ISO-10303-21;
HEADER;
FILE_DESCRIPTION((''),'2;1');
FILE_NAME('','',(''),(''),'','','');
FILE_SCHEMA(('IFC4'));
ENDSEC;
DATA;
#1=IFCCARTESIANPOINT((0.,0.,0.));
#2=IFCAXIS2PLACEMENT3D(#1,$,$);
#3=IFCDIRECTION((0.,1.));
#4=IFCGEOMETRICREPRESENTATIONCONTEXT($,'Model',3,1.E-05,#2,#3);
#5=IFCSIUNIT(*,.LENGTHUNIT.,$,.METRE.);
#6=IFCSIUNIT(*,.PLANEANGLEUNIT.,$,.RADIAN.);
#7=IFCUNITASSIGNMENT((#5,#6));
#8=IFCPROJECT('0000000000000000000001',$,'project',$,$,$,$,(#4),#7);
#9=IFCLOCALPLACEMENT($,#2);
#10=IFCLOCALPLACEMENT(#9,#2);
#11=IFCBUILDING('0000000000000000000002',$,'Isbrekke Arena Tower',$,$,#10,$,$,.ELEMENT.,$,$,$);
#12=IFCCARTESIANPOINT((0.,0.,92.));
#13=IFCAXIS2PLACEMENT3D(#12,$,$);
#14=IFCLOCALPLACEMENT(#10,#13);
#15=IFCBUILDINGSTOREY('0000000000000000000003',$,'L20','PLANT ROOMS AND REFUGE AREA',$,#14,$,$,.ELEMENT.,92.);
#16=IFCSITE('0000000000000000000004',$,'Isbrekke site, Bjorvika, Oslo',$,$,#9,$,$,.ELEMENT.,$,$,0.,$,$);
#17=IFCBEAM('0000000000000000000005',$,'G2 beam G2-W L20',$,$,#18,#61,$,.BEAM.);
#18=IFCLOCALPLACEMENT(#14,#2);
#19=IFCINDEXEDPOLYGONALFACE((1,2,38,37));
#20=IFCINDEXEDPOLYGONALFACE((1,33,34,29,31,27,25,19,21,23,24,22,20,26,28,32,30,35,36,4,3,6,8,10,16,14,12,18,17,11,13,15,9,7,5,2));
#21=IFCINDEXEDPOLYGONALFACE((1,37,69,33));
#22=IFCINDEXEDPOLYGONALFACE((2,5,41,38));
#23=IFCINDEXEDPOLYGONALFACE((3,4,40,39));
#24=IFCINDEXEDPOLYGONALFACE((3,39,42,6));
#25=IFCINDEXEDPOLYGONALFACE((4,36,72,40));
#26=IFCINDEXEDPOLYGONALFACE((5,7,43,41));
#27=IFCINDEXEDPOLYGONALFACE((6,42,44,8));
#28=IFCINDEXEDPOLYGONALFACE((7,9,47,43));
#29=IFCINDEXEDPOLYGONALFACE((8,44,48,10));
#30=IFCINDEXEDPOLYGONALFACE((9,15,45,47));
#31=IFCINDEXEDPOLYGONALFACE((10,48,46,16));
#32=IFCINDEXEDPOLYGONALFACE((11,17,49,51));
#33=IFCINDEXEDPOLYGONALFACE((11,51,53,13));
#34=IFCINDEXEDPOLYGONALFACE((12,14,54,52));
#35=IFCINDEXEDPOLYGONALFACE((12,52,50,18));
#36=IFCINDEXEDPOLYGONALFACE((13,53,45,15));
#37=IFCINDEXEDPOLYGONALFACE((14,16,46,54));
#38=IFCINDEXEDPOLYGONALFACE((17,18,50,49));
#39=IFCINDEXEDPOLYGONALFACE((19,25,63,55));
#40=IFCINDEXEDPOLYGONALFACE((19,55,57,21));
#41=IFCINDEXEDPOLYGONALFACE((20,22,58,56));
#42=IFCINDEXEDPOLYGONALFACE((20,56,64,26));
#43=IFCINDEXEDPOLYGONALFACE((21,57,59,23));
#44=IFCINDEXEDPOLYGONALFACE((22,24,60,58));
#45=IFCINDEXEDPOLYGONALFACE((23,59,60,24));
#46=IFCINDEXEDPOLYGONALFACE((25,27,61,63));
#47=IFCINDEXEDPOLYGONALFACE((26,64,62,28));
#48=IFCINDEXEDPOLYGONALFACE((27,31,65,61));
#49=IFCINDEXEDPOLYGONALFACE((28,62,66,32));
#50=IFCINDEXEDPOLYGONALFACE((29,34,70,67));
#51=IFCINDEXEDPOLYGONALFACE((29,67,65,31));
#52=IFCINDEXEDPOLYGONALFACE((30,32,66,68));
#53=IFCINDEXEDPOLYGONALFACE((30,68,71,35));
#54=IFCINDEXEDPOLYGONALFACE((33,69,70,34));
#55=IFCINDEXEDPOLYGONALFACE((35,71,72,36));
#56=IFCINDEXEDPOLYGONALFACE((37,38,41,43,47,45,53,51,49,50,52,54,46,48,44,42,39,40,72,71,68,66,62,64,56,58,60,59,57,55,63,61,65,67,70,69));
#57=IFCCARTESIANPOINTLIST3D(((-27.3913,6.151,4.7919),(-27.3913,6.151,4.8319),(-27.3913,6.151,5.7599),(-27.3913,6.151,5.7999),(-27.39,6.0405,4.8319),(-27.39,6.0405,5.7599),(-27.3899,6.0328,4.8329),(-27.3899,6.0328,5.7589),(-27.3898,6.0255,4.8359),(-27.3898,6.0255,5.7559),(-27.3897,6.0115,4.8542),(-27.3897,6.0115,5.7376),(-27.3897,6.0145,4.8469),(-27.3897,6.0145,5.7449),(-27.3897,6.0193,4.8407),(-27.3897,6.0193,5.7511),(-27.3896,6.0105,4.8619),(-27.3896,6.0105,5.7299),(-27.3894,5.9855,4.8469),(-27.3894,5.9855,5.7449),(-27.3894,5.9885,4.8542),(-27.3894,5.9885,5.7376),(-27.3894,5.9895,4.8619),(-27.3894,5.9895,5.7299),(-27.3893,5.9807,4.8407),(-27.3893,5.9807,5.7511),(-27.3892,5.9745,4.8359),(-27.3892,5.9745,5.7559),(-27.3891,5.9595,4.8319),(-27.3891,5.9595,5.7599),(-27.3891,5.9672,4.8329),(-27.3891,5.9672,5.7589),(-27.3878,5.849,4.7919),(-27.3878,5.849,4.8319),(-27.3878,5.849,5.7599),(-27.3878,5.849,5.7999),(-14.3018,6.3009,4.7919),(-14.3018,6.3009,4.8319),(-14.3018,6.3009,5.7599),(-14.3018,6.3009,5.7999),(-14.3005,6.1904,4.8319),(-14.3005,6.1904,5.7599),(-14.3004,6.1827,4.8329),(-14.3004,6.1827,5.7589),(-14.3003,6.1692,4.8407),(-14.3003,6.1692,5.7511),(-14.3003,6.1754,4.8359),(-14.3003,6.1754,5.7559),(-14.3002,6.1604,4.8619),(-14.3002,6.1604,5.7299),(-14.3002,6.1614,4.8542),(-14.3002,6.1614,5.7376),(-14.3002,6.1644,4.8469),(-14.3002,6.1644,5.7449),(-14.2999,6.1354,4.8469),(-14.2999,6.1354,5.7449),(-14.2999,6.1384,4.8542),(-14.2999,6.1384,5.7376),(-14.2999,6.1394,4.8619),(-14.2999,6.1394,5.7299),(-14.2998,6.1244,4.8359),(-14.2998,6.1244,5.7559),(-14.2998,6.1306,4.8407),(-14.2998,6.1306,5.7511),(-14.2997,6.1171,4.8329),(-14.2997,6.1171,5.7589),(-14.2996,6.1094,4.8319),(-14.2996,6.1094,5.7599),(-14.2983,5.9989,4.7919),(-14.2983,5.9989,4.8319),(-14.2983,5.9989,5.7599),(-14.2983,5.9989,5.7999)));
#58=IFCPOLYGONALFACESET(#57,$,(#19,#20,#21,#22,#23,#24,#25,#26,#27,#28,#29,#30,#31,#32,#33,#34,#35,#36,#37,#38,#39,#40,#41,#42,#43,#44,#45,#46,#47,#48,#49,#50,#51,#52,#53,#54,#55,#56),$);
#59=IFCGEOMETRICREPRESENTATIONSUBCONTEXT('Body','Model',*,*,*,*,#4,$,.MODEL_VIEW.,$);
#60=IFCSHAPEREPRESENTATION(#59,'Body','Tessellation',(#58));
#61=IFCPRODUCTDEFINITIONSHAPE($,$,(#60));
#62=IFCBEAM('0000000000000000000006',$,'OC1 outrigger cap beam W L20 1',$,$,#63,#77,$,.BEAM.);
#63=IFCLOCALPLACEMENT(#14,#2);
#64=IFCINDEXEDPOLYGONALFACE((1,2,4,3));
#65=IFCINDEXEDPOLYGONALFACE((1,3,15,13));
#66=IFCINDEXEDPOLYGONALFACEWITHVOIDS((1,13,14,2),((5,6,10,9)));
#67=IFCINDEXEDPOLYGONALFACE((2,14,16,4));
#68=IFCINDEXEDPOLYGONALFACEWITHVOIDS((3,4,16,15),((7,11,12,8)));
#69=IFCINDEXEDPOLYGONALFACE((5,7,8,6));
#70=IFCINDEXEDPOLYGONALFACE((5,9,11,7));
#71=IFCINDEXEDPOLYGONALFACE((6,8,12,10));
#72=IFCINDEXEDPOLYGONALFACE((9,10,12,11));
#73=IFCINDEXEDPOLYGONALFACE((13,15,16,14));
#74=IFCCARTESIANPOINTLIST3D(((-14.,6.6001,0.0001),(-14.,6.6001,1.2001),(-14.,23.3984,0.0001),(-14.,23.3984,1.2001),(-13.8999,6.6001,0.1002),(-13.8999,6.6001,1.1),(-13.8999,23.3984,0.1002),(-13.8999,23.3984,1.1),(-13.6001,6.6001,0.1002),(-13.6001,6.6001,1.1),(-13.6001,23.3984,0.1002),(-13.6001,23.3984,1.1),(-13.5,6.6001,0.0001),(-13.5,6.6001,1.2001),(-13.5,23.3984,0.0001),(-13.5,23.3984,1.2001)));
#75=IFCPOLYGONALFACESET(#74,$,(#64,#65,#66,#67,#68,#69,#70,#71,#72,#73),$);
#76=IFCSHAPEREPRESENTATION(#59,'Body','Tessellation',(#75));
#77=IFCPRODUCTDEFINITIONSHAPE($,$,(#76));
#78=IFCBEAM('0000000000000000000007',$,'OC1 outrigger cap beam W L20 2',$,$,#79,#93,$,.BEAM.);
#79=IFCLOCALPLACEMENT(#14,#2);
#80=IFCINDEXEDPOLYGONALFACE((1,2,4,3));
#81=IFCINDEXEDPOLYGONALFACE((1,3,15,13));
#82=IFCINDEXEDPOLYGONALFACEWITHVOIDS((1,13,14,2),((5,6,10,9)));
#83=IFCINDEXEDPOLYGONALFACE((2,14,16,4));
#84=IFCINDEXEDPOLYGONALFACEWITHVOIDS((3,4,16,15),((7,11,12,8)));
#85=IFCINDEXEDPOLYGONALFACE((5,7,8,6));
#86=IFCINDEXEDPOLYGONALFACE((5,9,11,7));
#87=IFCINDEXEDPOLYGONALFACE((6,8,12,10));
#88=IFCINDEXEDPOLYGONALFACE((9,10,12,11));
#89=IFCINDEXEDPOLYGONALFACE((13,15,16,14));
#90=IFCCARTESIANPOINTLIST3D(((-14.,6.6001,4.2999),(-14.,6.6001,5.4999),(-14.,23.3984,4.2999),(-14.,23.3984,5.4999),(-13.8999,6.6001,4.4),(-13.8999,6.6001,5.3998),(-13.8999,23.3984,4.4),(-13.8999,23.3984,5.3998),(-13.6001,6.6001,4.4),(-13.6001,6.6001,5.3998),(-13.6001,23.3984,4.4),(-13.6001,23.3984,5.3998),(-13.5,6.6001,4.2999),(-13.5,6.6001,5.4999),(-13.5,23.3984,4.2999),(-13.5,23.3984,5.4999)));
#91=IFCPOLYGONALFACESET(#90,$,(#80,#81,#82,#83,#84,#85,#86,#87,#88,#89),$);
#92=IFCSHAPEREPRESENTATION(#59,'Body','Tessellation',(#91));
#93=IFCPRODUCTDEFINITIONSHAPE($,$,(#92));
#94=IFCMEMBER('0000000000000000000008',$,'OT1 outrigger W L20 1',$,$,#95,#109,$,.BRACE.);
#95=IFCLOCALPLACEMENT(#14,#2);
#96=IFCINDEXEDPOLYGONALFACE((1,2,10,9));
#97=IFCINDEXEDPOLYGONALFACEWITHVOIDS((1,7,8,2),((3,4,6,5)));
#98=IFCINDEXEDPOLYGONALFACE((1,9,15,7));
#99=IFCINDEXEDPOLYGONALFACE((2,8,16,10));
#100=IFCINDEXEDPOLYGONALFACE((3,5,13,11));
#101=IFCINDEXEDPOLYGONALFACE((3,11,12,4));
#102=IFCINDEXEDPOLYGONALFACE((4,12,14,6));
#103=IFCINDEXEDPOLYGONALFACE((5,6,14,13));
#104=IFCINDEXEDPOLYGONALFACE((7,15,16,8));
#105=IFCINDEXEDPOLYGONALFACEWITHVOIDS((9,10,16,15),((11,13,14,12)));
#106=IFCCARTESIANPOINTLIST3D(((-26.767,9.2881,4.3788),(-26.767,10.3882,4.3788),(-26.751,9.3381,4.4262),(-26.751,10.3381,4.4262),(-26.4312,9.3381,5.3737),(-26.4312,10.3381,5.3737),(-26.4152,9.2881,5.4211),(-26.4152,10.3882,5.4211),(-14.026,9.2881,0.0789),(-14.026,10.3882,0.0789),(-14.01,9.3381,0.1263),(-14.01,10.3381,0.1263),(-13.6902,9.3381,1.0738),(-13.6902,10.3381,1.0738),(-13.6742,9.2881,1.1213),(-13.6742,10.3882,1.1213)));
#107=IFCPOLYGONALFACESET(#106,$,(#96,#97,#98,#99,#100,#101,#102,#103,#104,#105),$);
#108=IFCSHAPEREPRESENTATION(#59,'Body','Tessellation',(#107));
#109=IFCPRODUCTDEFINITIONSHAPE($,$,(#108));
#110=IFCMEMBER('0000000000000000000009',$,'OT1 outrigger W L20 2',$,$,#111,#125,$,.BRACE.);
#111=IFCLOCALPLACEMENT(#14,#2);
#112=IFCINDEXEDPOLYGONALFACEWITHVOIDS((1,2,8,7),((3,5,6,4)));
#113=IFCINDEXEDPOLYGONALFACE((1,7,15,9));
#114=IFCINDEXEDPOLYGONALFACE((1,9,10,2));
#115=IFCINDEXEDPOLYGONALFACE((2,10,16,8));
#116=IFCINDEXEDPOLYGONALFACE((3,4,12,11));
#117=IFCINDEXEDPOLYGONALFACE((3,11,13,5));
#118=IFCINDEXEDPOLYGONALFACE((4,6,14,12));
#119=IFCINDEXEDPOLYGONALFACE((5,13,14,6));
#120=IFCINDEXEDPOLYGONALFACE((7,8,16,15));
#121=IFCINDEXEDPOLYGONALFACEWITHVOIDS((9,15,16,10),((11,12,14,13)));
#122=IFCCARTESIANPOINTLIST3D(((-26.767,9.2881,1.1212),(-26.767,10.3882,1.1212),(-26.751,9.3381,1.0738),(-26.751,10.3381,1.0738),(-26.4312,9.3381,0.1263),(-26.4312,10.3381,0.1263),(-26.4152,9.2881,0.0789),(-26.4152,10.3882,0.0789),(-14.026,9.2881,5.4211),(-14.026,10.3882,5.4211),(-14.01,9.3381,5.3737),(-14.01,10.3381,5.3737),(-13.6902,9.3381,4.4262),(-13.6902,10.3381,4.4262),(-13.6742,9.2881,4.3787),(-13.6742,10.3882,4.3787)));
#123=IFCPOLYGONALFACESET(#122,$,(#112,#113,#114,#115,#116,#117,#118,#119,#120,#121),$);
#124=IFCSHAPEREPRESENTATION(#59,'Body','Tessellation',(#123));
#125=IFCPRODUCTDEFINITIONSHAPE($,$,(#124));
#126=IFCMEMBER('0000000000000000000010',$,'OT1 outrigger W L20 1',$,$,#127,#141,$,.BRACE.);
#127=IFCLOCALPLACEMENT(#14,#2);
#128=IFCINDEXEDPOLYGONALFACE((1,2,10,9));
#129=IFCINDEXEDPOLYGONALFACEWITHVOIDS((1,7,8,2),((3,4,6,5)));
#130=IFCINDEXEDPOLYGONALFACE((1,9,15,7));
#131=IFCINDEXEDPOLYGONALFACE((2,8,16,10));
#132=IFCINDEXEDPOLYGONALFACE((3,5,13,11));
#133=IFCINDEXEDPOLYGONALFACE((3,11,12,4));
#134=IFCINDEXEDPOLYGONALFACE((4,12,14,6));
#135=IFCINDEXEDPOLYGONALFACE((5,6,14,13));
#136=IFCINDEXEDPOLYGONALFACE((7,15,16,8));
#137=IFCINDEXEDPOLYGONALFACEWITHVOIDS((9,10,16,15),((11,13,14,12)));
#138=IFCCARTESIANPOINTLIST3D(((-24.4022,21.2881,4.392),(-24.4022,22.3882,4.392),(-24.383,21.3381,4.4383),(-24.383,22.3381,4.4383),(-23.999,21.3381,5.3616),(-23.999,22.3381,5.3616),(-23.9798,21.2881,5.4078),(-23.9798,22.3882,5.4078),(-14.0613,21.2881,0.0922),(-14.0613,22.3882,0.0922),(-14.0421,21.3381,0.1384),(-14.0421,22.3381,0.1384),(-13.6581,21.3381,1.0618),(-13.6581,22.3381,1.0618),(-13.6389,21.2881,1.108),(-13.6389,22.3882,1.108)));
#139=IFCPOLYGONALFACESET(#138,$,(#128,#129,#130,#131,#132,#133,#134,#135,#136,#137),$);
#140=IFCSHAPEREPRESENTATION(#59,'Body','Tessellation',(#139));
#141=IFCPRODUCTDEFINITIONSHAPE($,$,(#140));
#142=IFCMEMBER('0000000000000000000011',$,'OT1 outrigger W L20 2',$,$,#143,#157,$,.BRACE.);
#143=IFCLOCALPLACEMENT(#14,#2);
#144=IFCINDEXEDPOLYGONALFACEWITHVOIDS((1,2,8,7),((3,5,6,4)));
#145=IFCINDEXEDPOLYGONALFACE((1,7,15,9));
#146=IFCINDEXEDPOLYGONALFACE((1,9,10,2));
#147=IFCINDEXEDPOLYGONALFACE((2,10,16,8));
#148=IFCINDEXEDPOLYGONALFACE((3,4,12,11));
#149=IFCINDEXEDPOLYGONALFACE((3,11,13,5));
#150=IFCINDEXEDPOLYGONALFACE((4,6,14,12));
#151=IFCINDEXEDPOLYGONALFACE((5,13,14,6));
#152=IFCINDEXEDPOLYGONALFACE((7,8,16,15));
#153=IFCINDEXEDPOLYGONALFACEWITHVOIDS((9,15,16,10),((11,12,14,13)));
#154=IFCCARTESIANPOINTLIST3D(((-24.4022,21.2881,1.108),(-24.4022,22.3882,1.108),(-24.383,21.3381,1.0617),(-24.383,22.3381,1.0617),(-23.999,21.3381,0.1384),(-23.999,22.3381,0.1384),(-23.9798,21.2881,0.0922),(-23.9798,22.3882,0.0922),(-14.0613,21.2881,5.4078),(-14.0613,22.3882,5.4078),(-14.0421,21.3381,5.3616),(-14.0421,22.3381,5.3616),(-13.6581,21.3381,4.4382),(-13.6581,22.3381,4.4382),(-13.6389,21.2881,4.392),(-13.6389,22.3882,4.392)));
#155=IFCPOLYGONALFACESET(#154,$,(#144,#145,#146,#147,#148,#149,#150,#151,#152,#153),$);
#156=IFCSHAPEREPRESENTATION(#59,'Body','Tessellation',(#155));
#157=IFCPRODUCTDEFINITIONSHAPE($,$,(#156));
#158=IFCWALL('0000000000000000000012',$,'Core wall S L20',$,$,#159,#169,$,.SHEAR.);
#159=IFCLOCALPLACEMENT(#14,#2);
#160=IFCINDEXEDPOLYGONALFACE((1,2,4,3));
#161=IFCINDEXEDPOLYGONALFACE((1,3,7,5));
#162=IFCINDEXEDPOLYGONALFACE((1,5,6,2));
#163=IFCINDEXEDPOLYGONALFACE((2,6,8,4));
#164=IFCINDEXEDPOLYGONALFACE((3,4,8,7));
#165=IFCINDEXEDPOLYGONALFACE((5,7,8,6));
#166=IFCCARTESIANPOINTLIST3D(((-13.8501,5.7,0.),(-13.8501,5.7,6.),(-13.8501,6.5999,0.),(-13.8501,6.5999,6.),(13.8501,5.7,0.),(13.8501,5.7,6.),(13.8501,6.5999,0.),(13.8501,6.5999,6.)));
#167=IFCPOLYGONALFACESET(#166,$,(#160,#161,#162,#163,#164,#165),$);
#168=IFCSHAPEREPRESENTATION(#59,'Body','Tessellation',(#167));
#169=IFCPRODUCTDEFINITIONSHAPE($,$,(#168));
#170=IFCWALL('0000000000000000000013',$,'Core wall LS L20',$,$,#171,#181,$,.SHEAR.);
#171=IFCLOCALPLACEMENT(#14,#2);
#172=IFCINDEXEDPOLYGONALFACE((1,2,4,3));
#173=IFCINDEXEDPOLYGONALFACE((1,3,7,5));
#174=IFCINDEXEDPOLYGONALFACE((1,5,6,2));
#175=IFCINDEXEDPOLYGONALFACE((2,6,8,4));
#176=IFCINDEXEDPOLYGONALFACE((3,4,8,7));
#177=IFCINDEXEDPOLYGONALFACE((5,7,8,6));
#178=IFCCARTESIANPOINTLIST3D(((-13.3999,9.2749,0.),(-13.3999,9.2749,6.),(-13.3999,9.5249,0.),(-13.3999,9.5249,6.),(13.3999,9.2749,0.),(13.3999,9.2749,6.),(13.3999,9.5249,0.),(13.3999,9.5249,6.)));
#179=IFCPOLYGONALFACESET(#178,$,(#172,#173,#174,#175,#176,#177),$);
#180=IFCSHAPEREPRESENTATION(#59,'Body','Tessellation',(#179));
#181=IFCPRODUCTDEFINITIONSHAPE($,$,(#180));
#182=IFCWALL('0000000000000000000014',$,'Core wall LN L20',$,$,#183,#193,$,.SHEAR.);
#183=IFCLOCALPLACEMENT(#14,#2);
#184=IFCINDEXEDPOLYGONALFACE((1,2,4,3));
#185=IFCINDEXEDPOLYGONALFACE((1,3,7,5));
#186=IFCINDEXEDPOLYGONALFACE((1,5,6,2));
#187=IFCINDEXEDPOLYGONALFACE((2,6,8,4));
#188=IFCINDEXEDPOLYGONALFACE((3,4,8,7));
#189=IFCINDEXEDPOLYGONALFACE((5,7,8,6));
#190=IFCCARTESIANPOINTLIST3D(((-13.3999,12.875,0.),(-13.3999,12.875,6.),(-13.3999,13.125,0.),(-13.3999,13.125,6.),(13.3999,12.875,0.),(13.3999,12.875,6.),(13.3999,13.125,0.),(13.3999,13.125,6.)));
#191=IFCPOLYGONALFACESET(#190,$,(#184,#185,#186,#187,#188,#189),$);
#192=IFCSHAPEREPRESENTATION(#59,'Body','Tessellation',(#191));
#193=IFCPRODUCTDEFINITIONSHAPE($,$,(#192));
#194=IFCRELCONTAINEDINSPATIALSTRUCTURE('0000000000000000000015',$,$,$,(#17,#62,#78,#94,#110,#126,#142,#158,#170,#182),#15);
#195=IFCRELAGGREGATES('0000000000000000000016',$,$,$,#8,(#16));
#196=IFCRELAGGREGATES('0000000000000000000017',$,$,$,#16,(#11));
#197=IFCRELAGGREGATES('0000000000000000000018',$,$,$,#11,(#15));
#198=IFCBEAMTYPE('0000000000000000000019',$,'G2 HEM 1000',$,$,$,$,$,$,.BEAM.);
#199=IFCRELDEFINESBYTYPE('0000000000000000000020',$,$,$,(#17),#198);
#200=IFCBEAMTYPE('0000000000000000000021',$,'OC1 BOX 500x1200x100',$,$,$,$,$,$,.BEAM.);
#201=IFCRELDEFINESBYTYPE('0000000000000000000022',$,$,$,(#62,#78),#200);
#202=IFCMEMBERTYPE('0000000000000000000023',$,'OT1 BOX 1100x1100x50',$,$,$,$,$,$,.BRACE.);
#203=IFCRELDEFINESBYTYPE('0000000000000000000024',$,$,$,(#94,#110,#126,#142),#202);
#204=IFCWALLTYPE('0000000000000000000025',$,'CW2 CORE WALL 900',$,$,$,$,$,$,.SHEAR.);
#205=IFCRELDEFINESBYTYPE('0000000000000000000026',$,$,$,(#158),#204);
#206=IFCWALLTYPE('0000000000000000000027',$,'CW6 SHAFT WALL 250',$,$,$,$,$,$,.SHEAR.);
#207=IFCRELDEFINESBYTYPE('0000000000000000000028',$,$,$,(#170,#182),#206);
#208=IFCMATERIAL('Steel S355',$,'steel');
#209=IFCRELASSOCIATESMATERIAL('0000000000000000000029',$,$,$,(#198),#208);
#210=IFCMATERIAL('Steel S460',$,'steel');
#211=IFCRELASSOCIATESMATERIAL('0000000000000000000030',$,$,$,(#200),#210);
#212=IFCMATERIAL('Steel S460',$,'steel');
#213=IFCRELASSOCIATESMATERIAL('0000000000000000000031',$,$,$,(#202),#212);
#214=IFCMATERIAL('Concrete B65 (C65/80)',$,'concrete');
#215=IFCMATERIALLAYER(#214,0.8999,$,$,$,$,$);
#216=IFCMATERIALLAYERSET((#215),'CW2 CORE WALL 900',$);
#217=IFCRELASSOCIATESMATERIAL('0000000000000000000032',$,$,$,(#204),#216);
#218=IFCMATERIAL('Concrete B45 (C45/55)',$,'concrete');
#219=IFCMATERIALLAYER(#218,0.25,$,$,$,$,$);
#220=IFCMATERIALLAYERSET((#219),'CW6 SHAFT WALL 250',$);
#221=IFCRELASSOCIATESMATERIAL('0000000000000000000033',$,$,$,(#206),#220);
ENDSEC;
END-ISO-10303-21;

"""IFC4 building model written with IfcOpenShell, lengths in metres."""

from ifc_helpers import new_model, si_unit, direction, frame, frame_2d, origin, origin_2d, place, context, subcontext, project, spatial, rectangle, hollow_rectangle, i_section, extrude, material, layer, layer_set, material_profile, profile_set, type_object, element, save


model = new_model("IFC4")

# Units and contexts
model_context = context("Model", 3, precision=1e-05, world=origin(), true_north=direction((0.0, 1.0)))
body_context = subcontext(model_context, "Body", "Model", "MODEL_VIEW")
ifc_project = project(units=[si_unit("LENGTHUNIT", "METRE"), si_unit("PLANEANGLEUNIT", "RADIAN")], contexts=[model_context])

# Site, building, storey
site_placement = place(None, origin())
site = spatial("IfcSite", under=ifc_project, at=site_placement, Name="Isbrekke site, Bjorvika, Oslo", CompositionType="ELEMENT", RefElevation=0.0)
building_placement = place(site_placement, origin())
building = spatial("IfcBuilding", under=site, at=building_placement, Name="Isbrekke Arena Tower", CompositionType="ELEMENT")
storey_placement = place(building_placement, frame((0.0, 0.0, 92.0)))
storey = spatial("IfcBuildingStorey", under=building, at=storey_placement, Name="L20", Description="PLANT ROOMS AND REFUGE AREA", CompositionType="ELEMENT", Elevation=92.0)

# Beams
ifc_material_1 = material(Name="Steel S355", Category="steel")
ifc_material_profile_1 = material_profile(ifc_material_1, i_section(OverallWidth=0.302, OverallDepth=1.0081, WebThickness=0.021, FlangeThickness=0.04, FilletRadius=0.03, at=origin_2d()), Name="HEM 1000")
ifc_profile_set_1 = profile_set([ifc_material_profile_1], Name="Steel S355")
beam_type_1 = type_object("IfcBeamType", Name="G2 HEM 1000", PredefinedType="BEAM", material=ifc_profile_set_1)
beam_placement = place(storey_placement, frame((-14.3, 6.1499, 5.2959), z_axis=(-0.999934, -0.011451, 0.0), x_axis=(0.011451, -0.999934, 0.0)))
element("IfcBeam", 1, at=beam_placement, inside=storey, type_object=beam_type_1, Name="G2 beam G2-W L20", PredefinedType="BEAM", context=body_context, shape_type="SweptSolid", body=[
    extrude(i_section(OverallWidth=0.302, OverallDepth=1.0081, WebThickness=0.021, FlangeThickness=0.04, FilletRadius=0.03, at=origin_2d()), origin(), (0.0, 0.0, 1.0), 13.0903),
])
ifc_material_2 = material(Name="Steel S460", Category="steel")
ifc_material_profile_2 = material_profile(ifc_material_2, hollow_rectangle(XDim=0.5, YDim=1.2, WallThickness=0.1001, at=origin_2d()), Name="BOX 500x1200x100")
ifc_profile_set_2 = profile_set([ifc_material_profile_2], Name="Steel S460")
beam_type_2 = type_object("IfcBeamType", Name="OC1 BOX 500x1200x100", PredefinedType="BEAM", material=ifc_profile_set_2)
for number, where, z_axis, x_axis, name in (
    (2, (-13.75, 6.6001, 0.6001), (0.0, 1.0, 0.0), (-1.0, 0.0, 0.0), "OC1 outrigger cap beam W L20 1"),
    (3, (-13.75, 6.6001, 4.8999), (0.0, 1.0, 0.0), (-1.0, 0.0, 0.0), "OC1 outrigger cap beam W L20 2"),
):
    element("IfcBeam", number, at=place(storey_placement, frame(where, z_axis=z_axis, x_axis=x_axis)), inside=storey, type_object=beam_type_2, Name=name, PredefinedType="BEAM", context=body_context, shape_type="SweptSolid", body=[
        extrude(hollow_rectangle(XDim=0.5, YDim=1.2, WallThickness=0.1001, at=origin_2d()), origin(), (0.0, 0.0, 1.0), 16.7983),
    ])

# Members
ifc_material_3 = material(Name="Steel S460", Category="steel")
ifc_material_profile_3 = material_profile(ifc_material_3, hollow_rectangle(XDim=1.1001, YDim=1.1001, WallThickness=0.05, at=origin_2d()), Name="BOX 1100x1100x50")
ifc_profile_set_3 = profile_set([ifc_material_profile_3], Name="Steel S460")
member_type = type_object("IfcMemberType", Name="OT1 BOX 1100x1100x50", PredefinedType="BRACE", material=ifc_profile_set_3)
for number, where, z_axis, x_axis, name in (
    (4, (-13.8501, 9.8381, 0.6001), (-0.947498, 0.0, 0.319761), (0.0, -1.0, 0.0), "OT1 outrigger W L20 1"),
    (5, (-13.8501, 9.8381, 4.8999), (-0.947498, 0.0, -0.319761), (0.0, -1.0, 0.0), "OT1 outrigger W L20 2"),
):
    element("IfcMember", number, at=place(storey_placement, frame(where, z_axis=z_axis, x_axis=x_axis)), inside=storey, type_object=member_type, Name=name, PredefinedType="BRACE", context=body_context, shape_type="SweptSolid", body=[
        extrude(hollow_rectangle(XDim=1.1001, YDim=1.1001, WallThickness=0.05, at=origin_2d()), origin(), (0.0, 0.0, 1.0), 13.447),
    ])
for number, where, z_axis, x_axis, name in (
    (6, (-13.8501, 21.8381, 0.6001), (-0.923358, 0.0, 0.38394), (0.0, -1.0, 0.0), "OT1 outrigger W L20 1"),
    (7, (-13.8501, 21.8381, 4.8999), (-0.923358, 0.0, -0.38394), (0.0, -1.0, 0.0), "OT1 outrigger W L20 2"),
):
    element("IfcMember", number, at=place(storey_placement, frame(where, z_axis=z_axis, x_axis=x_axis)), inside=storey, type_object=member_type, Name=name, PredefinedType="BRACE", context=body_context, shape_type="SweptSolid", body=[
        extrude(hollow_rectangle(XDim=1.1001, YDim=1.1001, WallThickness=0.05, at=origin_2d()), origin(), (0.0, 0.0, 1.0), 11.1992),
    ])

# Walls
ifc_material_4 = material(Name="Concrete B65 (C65/80)", Category="concrete")
ifc_layer_1 = layer(ifc_material_4, 0.8999)
ifc_layer_set_1 = layer_set([ifc_layer_1], Name="CW2 CORE WALL 900")
wall_type_1 = type_object("IfcWallType", Name="CW2 CORE WALL 900", PredefinedType="SHEAR", material=ifc_layer_set_1)
wall_1_placement = place(storey_placement, frame((-13.8501, 6.1499, 0.0), z_axis=(0.0, 0.0, 1.0), x_axis=(1.0, 0.0, 0.0)))
element("IfcWall", 8, at=wall_1_placement, inside=storey, type_object=wall_type_1, Name="Core wall S L20", PredefinedType="SHEAR", context=body_context, shape_type="SweptSolid", body=[
    extrude(rectangle(XDim=27.7002, YDim=0.8999, at=frame_2d((13.8501, 0.0))), origin(), (0.0, 0.0, 1.0), 6.0),
])
ifc_material_5 = material(Name="Concrete B45 (C45/55)", Category="concrete")
ifc_layer_2 = layer(ifc_material_5, 0.25)
ifc_layer_set_2 = layer_set([ifc_layer_2], Name="CW6 SHAFT WALL 250")
wall_type_2 = type_object("IfcWallType", Name="CW6 SHAFT WALL 250", PredefinedType="SHEAR", material=ifc_layer_set_2)
for number, where, z_axis, x_axis, name in (
    (9, (-13.3999, 9.3999, 0.0), (0.0, 0.0, 1.0), (1.0, 0.0, 0.0), "Core wall LS L20"),
    (10, (-13.3999, 13.0, 0.0), (0.0, 0.0, 1.0), (1.0, 0.0, 0.0), "Core wall LN L20"),
):
    element("IfcWall", number, at=place(storey_placement, frame(where, z_axis=z_axis, x_axis=x_axis)), inside=storey, type_object=wall_type_2, Name=name, PredefinedType="SHEAR", context=body_context, shape_type="SweptSolid", body=[
        extrude(rectangle(XDim=26.7998, YDim=0.25, at=frame_2d((13.3999, 0.0))), origin(), (0.0, 0.0, 1.0), 6.0),
    ])

save(model, "model.ifc")
